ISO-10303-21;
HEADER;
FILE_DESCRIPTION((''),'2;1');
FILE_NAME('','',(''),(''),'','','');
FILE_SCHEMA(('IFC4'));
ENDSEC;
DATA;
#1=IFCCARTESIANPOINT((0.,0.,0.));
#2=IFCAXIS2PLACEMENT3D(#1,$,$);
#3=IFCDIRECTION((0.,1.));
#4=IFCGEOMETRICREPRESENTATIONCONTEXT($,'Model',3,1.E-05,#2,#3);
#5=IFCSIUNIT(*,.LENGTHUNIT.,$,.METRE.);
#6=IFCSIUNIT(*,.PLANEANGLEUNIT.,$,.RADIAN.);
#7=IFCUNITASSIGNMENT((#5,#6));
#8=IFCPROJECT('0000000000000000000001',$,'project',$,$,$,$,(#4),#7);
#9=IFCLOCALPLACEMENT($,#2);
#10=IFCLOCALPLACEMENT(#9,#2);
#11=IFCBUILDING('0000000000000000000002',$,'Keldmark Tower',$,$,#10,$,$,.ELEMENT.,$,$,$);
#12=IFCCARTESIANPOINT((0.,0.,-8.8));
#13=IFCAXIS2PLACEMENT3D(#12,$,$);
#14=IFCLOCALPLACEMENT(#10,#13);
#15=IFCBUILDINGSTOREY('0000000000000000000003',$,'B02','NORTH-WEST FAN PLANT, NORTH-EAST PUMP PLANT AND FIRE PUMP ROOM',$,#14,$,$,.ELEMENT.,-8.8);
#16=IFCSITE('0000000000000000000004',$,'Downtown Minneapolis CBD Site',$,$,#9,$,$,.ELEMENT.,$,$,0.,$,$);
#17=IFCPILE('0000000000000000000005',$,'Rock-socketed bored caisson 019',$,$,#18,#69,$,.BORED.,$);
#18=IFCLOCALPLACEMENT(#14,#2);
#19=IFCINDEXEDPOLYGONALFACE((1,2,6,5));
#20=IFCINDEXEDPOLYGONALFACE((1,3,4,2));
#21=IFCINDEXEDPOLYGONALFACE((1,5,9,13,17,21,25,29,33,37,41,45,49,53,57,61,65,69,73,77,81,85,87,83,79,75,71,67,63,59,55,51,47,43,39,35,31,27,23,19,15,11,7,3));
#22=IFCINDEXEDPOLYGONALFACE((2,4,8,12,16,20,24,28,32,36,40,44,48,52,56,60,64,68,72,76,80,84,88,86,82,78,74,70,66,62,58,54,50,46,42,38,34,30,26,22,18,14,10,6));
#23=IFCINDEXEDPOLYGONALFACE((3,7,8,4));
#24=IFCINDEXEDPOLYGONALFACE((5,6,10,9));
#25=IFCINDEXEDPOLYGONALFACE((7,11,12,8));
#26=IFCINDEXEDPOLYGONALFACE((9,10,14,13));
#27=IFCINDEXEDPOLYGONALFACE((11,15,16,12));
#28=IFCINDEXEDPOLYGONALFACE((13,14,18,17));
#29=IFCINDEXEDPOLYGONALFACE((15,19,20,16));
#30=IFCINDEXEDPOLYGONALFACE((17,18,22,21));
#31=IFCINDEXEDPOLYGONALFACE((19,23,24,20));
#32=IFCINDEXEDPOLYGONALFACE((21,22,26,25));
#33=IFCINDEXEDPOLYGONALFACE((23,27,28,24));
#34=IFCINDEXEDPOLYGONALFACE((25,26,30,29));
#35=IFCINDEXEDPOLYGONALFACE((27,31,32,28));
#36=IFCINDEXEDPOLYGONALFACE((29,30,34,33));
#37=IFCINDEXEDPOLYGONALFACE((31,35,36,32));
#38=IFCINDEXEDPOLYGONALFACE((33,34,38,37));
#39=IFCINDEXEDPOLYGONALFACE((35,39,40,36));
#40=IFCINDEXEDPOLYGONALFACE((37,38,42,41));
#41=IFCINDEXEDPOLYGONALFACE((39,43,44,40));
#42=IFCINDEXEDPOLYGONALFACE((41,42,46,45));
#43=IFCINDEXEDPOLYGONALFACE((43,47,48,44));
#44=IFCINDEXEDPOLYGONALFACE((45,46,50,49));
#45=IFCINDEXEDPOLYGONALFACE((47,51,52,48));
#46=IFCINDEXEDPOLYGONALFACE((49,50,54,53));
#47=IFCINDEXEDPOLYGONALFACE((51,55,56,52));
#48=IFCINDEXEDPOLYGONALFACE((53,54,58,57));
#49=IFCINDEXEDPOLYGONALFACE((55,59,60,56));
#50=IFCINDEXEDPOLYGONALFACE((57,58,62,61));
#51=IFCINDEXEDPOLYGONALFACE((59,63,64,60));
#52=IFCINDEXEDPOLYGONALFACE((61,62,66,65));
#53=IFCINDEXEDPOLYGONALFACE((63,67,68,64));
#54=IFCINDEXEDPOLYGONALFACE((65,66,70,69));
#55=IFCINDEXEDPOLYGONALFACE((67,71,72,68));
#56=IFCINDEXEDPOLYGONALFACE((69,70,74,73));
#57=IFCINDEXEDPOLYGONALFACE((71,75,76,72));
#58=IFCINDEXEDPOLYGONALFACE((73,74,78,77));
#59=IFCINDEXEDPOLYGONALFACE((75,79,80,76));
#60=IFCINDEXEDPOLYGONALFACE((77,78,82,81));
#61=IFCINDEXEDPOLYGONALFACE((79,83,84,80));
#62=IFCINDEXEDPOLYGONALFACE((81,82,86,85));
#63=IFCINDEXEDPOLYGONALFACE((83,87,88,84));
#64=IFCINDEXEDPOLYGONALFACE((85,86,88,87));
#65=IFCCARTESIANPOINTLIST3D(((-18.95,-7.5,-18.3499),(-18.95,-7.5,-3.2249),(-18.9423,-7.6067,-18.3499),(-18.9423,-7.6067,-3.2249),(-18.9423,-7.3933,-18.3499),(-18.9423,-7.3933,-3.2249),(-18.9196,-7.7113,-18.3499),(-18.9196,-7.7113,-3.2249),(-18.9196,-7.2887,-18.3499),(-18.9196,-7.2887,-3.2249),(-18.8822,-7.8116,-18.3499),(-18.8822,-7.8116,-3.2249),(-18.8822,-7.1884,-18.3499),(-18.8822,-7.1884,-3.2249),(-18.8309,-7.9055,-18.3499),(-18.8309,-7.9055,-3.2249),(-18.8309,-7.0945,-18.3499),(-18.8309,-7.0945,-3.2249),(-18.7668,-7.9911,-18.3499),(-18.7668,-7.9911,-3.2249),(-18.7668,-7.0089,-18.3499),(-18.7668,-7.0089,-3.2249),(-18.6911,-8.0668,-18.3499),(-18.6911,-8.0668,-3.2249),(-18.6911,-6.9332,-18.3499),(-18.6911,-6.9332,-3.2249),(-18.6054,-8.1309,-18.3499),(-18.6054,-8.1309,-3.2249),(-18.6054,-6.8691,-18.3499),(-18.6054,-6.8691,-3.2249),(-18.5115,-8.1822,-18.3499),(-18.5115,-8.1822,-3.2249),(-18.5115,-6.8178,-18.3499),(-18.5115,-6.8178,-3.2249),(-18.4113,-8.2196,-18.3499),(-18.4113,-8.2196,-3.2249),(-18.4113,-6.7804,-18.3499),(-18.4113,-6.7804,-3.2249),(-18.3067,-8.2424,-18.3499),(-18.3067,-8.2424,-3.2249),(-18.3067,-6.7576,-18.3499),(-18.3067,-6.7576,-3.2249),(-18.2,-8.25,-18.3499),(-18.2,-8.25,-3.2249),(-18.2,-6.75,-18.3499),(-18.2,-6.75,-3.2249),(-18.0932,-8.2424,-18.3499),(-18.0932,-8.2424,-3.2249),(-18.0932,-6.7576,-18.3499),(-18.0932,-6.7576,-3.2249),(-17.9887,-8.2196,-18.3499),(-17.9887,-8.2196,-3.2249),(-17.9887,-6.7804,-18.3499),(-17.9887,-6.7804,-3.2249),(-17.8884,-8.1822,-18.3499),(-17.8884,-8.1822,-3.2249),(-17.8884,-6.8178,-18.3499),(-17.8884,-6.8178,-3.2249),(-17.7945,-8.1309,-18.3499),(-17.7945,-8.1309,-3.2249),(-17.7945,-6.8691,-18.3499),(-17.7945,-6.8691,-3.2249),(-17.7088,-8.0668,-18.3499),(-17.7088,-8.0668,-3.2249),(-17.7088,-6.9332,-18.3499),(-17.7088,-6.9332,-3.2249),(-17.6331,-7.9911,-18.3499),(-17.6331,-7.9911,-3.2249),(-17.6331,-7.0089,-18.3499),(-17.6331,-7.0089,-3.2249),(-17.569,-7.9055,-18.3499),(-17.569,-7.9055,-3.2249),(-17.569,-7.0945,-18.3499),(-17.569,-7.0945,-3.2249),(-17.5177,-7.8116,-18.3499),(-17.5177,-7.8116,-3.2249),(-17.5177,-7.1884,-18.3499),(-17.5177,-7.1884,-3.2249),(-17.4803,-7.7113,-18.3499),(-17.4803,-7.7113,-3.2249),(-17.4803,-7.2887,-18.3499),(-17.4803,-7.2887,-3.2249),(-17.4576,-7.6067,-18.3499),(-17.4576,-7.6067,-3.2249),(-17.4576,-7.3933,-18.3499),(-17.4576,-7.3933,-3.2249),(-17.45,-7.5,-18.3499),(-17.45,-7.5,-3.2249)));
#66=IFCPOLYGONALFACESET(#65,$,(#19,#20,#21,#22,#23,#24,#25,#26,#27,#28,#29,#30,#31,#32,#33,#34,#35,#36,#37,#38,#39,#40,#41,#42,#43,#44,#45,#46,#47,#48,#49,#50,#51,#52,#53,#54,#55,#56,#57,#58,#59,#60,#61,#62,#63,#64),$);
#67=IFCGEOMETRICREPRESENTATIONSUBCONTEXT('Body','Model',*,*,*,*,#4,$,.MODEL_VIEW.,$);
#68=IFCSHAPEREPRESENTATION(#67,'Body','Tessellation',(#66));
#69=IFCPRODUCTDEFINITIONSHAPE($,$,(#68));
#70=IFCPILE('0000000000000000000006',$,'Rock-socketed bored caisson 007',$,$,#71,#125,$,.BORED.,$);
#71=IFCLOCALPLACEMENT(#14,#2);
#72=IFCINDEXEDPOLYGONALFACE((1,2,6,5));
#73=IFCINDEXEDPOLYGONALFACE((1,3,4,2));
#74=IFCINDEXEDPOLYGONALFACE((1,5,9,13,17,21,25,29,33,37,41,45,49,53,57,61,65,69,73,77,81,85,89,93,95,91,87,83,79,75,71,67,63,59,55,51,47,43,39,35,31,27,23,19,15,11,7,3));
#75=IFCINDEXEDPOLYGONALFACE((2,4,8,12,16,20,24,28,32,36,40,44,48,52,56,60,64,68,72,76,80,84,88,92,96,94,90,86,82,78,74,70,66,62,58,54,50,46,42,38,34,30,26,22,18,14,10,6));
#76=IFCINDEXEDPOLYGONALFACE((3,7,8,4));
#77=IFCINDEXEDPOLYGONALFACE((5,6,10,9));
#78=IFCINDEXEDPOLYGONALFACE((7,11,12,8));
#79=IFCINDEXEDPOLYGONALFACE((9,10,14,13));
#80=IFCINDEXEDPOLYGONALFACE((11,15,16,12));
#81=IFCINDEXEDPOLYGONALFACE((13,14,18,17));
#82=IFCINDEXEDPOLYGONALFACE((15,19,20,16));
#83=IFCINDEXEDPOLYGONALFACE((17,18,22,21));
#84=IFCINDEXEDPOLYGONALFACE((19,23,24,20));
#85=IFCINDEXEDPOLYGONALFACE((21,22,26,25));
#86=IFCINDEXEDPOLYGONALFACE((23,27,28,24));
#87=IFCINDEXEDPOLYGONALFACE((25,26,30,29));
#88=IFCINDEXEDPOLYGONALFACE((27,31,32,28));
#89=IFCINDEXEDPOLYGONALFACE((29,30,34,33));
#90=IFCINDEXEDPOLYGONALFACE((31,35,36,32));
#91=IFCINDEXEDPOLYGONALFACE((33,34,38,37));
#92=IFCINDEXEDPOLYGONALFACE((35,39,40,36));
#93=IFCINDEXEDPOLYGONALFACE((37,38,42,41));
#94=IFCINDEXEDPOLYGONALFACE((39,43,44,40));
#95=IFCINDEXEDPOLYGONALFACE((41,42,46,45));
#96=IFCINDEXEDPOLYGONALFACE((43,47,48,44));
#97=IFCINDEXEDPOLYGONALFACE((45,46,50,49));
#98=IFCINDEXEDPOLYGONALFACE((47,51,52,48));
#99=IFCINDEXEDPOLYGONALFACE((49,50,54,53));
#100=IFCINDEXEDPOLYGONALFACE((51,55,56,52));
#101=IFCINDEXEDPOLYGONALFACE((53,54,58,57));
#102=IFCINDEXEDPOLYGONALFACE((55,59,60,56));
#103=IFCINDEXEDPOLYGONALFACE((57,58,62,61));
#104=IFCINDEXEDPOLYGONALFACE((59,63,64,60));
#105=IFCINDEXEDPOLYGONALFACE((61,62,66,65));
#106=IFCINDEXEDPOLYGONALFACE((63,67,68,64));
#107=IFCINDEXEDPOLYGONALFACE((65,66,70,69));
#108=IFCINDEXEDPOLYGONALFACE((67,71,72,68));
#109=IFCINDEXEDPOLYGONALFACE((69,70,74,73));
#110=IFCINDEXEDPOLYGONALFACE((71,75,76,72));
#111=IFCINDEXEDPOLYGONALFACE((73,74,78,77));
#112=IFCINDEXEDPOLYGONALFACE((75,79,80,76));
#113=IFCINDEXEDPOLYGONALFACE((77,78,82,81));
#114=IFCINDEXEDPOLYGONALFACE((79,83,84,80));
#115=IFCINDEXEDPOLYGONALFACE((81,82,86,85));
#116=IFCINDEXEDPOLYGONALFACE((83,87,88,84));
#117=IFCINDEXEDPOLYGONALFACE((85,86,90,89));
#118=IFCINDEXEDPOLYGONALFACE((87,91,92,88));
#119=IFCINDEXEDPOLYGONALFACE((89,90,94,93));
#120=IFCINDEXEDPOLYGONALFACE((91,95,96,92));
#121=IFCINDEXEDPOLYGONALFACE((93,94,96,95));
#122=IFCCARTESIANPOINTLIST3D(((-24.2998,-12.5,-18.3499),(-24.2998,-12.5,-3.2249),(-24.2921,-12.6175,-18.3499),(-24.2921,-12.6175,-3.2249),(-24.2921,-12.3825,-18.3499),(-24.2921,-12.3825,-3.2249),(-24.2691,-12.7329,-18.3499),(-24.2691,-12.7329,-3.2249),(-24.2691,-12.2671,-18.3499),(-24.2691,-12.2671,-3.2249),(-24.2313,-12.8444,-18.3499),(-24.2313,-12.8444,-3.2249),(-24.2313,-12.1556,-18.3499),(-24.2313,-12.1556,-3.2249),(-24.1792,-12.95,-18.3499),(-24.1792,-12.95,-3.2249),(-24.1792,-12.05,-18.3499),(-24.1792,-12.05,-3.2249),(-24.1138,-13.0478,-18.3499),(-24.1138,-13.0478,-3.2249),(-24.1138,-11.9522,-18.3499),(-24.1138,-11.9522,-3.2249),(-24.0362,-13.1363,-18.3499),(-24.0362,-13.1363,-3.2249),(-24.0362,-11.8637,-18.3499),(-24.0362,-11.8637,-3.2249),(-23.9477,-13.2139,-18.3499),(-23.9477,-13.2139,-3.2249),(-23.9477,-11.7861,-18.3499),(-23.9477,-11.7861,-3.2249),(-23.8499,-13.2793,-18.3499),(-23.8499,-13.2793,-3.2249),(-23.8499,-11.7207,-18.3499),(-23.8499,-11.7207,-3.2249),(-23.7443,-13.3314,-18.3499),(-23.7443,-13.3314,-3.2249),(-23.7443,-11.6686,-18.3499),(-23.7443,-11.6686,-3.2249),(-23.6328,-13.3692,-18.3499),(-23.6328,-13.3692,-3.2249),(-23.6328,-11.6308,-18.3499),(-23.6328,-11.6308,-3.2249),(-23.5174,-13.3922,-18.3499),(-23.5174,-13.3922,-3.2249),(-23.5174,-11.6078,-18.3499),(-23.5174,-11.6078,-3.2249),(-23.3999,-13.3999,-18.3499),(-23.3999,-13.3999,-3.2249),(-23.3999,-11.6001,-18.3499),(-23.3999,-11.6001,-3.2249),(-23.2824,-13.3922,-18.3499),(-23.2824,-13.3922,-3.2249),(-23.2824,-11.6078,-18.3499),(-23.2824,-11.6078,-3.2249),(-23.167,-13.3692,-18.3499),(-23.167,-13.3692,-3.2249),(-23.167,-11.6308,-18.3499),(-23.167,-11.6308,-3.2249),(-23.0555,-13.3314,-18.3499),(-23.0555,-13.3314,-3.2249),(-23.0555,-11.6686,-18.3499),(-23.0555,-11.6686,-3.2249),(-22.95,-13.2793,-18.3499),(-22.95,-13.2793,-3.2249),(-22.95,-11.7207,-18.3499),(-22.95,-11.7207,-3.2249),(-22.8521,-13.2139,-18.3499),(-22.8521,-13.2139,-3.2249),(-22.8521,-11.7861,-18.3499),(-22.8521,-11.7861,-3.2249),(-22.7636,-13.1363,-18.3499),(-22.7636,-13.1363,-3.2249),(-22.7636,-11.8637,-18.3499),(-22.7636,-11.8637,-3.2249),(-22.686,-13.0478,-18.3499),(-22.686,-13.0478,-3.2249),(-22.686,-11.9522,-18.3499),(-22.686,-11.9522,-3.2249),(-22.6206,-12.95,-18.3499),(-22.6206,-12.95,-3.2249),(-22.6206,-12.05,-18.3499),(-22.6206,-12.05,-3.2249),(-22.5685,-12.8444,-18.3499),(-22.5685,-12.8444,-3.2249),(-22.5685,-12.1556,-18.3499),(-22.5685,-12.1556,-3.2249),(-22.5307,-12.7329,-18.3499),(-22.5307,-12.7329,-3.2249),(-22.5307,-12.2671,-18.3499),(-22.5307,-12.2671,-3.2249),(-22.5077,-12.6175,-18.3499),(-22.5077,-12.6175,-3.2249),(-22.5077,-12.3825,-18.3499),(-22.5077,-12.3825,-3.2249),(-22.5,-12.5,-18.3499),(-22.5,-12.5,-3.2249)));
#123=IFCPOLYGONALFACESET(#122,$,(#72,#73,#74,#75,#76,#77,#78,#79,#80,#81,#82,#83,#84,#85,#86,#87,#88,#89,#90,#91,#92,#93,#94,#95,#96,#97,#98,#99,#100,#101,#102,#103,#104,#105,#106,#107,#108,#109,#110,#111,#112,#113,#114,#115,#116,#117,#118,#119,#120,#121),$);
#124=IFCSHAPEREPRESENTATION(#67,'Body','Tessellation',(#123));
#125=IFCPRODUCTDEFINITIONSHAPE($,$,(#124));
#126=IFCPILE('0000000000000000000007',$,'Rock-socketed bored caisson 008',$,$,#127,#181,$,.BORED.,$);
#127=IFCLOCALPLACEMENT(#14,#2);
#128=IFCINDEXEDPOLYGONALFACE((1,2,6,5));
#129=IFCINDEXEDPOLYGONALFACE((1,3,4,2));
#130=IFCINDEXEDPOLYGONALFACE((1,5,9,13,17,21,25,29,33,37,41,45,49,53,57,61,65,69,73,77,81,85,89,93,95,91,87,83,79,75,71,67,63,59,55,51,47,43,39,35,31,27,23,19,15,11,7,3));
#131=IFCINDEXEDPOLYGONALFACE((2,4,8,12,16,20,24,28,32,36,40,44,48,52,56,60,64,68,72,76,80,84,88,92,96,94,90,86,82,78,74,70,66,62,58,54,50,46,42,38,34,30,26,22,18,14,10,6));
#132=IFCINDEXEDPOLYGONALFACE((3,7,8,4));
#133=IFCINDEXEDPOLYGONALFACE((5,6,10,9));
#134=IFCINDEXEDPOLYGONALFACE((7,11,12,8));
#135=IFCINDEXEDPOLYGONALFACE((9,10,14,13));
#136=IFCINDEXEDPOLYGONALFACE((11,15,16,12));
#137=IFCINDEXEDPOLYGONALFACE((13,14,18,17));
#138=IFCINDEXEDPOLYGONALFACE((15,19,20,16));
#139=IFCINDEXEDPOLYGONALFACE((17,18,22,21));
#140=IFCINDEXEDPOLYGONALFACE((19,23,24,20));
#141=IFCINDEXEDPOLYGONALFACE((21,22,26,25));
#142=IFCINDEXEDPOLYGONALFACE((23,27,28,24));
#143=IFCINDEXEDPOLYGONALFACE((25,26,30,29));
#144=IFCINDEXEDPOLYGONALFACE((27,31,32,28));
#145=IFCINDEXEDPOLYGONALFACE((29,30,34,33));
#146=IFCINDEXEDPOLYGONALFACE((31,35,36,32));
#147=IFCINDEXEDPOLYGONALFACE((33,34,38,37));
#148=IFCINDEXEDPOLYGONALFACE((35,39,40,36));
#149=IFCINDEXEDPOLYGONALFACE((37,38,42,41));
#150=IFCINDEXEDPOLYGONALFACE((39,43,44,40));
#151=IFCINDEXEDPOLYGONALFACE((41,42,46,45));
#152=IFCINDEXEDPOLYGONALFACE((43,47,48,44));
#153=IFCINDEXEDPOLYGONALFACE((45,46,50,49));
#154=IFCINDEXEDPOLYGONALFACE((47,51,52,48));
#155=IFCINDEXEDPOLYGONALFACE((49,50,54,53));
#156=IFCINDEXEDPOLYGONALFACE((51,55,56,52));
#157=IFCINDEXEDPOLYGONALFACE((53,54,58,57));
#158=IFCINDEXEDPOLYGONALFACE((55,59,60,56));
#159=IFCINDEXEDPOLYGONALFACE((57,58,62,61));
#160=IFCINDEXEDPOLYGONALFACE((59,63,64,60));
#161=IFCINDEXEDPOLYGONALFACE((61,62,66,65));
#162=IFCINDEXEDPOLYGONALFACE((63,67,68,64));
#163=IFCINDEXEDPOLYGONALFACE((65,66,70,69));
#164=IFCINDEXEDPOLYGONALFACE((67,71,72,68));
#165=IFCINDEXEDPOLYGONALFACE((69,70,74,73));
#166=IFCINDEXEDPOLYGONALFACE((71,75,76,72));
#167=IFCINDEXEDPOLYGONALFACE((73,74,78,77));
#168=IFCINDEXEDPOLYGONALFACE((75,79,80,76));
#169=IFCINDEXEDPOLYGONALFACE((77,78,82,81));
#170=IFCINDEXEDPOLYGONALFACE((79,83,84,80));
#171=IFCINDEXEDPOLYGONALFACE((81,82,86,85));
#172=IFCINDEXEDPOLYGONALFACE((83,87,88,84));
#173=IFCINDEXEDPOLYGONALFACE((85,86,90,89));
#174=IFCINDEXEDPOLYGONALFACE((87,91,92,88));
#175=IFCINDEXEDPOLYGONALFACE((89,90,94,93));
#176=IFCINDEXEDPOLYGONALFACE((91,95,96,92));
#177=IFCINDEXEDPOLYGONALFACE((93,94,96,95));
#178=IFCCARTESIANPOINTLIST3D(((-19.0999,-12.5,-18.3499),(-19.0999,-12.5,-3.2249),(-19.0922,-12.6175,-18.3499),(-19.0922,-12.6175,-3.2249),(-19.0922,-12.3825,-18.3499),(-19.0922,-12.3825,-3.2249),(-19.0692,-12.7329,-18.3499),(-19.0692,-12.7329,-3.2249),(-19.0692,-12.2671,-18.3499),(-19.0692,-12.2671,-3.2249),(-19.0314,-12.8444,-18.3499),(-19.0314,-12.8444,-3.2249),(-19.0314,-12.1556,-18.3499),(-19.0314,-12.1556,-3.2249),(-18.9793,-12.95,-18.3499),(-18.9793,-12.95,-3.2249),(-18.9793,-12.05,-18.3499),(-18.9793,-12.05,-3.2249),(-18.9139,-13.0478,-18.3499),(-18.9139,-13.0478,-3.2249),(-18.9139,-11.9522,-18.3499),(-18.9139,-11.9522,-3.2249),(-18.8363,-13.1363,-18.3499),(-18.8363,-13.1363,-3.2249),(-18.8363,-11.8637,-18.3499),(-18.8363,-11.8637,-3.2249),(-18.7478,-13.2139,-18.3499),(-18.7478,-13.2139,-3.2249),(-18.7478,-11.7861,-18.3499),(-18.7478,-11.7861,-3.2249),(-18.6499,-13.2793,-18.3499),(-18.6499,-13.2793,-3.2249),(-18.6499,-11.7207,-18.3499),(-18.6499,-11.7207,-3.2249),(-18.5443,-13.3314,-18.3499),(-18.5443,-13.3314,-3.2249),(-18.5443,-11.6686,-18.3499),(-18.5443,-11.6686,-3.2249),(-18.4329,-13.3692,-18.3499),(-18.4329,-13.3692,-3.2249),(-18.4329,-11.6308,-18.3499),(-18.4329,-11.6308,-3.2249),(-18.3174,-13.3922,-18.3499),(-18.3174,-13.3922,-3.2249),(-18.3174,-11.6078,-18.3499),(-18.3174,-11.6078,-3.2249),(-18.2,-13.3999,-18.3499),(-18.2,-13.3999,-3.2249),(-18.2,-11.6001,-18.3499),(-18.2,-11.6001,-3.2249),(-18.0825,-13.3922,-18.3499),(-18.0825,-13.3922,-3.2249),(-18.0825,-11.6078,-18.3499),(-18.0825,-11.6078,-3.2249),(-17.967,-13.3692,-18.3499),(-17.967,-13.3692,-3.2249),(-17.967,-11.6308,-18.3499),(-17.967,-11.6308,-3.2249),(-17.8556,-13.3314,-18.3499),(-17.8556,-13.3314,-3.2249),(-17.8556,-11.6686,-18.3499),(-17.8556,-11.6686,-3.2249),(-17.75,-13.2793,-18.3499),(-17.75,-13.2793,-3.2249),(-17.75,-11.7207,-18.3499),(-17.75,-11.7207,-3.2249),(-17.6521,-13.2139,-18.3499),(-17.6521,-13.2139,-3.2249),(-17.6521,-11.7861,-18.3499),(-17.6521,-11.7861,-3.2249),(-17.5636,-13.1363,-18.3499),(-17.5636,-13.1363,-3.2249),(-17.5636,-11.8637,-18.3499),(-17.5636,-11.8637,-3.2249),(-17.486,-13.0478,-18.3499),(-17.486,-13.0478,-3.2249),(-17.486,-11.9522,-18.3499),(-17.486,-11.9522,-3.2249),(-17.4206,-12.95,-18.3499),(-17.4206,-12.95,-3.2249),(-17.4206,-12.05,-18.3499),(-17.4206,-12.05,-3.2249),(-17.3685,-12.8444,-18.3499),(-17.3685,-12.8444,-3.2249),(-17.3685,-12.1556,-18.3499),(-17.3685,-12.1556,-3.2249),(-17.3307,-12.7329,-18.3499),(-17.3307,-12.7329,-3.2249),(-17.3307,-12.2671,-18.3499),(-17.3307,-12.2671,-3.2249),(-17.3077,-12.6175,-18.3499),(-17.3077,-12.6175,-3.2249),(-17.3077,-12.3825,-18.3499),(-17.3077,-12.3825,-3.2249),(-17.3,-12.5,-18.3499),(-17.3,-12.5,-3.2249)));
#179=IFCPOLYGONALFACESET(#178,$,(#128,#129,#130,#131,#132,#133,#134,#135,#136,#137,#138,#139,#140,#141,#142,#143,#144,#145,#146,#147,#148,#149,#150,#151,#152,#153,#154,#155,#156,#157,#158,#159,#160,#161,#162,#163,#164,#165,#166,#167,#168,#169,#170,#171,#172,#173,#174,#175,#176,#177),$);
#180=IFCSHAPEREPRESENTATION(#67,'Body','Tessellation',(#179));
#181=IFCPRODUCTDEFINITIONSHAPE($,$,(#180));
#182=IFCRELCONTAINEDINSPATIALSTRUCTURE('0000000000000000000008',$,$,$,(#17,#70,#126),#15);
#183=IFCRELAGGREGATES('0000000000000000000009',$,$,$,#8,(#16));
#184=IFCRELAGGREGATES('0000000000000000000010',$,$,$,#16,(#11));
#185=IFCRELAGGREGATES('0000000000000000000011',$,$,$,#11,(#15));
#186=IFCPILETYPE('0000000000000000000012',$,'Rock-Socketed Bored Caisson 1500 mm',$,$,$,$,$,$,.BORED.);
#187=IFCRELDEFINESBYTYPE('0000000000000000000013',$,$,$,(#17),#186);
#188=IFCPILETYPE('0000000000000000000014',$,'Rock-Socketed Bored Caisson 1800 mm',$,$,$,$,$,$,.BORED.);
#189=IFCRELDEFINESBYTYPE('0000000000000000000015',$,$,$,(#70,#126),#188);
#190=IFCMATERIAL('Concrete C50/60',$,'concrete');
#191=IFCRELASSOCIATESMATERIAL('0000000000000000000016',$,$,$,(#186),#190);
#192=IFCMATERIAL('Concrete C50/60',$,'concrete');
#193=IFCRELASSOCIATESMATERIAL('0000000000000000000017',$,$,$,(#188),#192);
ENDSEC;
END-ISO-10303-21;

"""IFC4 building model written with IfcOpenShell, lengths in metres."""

from ifc_helpers import new_model, si_unit, direction, frame, origin, origin_2d, place, context, subcontext, project, spatial, circle, extrude, material, material_profile, profile_set, type_object, element, save


model = new_model("IFC4")

# Units and contexts
model_context = context("Model", 3, precision=1e-05, world=origin(), true_north=direction((0.0, 1.0)))
body_context = subcontext(model_context, "Body", "Model", "MODEL_VIEW")
ifc_project = project(units=[si_unit("LENGTHUNIT", "METRE"), si_unit("PLANEANGLEUNIT", "RADIAN")], contexts=[model_context])

# Site, building, storey
site_placement = place(None, origin())
site = spatial("IfcSite", under=ifc_project, at=site_placement, Name="Downtown Minneapolis CBD Site", CompositionType="ELEMENT", RefElevation=0.0)
building_placement = place(site_placement, origin())
building = spatial("IfcBuilding", under=site, at=building_placement, Name="Keldmark Tower", CompositionType="ELEMENT")
storey_placement = place(building_placement, frame((0.0, 0.0, -8.8)))
storey = spatial("IfcBuildingStorey", under=building, at=storey_placement, Name="B02", Description="NORTH-WEST FAN PLANT, NORTH-EAST PUMP PLANT AND FIRE PUMP ROOM", CompositionType="ELEMENT", Elevation=-8.8)

# Piles
ifc_material_1 = material(Name="Concrete C50/60", Category="concrete")
ifc_material_profile_1 = material_profile(ifc_material_1, circle(Radius=0.75, at=origin_2d()), Name="CAISSON1500")
ifc_profile_set_1 = profile_set([ifc_material_profile_1], Name="Concrete C50/60")
pile_type_1 = type_object("IfcPileType", Name="Rock-Socketed Bored Caisson 1500 mm", PredefinedType="BORED", material=ifc_profile_set_1)
pile_placement = place(storey_placement, frame((-18.2, -7.5, -3.2249), z_axis=(0.0, 0.0, -1.0), x_axis=(1.0, 0.0, 0.0)))
element("IfcPile", 1, at=pile_placement, inside=storey, type_object=pile_type_1, Name="Rock-socketed bored caisson 019", PredefinedType="BORED", context=body_context, shape_type="SweptSolid", body=[
    extrude(circle(Radius=0.75, at=origin_2d()), origin(), (0.0, 0.0, 1.0), 15.125),
])
ifc_material_2 = material(Name="Concrete C50/60", Category="concrete")
ifc_material_profile_2 = material_profile(ifc_material_2, circle(Radius=0.8999, at=origin_2d()), Name="CAISSON1800")
ifc_profile_set_2 = profile_set([ifc_material_profile_2], Name="Concrete C50/60")
pile_type_2 = type_object("IfcPileType", Name="Rock-Socketed Bored Caisson 1800 mm", PredefinedType="BORED", material=ifc_profile_set_2)
for number, where, z_axis, x_axis, name in (
    (2, (-23.3999, -12.5, -3.2249), (0.0, 0.0, -1.0), (1.0, 0.0, 0.0), "Rock-socketed bored caisson 007"),
    (3, (-18.2, -12.5, -3.2249), (0.0, 0.0, -1.0), (1.0, 0.0, 0.0), "Rock-socketed bored caisson 008"),
):
    element("IfcPile", number, at=place(storey_placement, frame(where, z_axis=z_axis, x_axis=x_axis)), inside=storey, type_object=pile_type_2, Name=name, PredefinedType="BORED", context=body_context, shape_type="SweptSolid", body=[
        extrude(circle(Radius=0.8999, at=origin_2d()), origin(), (0.0, 0.0, 1.0), 15.125),
    ])

save(model, "model.ifc")
